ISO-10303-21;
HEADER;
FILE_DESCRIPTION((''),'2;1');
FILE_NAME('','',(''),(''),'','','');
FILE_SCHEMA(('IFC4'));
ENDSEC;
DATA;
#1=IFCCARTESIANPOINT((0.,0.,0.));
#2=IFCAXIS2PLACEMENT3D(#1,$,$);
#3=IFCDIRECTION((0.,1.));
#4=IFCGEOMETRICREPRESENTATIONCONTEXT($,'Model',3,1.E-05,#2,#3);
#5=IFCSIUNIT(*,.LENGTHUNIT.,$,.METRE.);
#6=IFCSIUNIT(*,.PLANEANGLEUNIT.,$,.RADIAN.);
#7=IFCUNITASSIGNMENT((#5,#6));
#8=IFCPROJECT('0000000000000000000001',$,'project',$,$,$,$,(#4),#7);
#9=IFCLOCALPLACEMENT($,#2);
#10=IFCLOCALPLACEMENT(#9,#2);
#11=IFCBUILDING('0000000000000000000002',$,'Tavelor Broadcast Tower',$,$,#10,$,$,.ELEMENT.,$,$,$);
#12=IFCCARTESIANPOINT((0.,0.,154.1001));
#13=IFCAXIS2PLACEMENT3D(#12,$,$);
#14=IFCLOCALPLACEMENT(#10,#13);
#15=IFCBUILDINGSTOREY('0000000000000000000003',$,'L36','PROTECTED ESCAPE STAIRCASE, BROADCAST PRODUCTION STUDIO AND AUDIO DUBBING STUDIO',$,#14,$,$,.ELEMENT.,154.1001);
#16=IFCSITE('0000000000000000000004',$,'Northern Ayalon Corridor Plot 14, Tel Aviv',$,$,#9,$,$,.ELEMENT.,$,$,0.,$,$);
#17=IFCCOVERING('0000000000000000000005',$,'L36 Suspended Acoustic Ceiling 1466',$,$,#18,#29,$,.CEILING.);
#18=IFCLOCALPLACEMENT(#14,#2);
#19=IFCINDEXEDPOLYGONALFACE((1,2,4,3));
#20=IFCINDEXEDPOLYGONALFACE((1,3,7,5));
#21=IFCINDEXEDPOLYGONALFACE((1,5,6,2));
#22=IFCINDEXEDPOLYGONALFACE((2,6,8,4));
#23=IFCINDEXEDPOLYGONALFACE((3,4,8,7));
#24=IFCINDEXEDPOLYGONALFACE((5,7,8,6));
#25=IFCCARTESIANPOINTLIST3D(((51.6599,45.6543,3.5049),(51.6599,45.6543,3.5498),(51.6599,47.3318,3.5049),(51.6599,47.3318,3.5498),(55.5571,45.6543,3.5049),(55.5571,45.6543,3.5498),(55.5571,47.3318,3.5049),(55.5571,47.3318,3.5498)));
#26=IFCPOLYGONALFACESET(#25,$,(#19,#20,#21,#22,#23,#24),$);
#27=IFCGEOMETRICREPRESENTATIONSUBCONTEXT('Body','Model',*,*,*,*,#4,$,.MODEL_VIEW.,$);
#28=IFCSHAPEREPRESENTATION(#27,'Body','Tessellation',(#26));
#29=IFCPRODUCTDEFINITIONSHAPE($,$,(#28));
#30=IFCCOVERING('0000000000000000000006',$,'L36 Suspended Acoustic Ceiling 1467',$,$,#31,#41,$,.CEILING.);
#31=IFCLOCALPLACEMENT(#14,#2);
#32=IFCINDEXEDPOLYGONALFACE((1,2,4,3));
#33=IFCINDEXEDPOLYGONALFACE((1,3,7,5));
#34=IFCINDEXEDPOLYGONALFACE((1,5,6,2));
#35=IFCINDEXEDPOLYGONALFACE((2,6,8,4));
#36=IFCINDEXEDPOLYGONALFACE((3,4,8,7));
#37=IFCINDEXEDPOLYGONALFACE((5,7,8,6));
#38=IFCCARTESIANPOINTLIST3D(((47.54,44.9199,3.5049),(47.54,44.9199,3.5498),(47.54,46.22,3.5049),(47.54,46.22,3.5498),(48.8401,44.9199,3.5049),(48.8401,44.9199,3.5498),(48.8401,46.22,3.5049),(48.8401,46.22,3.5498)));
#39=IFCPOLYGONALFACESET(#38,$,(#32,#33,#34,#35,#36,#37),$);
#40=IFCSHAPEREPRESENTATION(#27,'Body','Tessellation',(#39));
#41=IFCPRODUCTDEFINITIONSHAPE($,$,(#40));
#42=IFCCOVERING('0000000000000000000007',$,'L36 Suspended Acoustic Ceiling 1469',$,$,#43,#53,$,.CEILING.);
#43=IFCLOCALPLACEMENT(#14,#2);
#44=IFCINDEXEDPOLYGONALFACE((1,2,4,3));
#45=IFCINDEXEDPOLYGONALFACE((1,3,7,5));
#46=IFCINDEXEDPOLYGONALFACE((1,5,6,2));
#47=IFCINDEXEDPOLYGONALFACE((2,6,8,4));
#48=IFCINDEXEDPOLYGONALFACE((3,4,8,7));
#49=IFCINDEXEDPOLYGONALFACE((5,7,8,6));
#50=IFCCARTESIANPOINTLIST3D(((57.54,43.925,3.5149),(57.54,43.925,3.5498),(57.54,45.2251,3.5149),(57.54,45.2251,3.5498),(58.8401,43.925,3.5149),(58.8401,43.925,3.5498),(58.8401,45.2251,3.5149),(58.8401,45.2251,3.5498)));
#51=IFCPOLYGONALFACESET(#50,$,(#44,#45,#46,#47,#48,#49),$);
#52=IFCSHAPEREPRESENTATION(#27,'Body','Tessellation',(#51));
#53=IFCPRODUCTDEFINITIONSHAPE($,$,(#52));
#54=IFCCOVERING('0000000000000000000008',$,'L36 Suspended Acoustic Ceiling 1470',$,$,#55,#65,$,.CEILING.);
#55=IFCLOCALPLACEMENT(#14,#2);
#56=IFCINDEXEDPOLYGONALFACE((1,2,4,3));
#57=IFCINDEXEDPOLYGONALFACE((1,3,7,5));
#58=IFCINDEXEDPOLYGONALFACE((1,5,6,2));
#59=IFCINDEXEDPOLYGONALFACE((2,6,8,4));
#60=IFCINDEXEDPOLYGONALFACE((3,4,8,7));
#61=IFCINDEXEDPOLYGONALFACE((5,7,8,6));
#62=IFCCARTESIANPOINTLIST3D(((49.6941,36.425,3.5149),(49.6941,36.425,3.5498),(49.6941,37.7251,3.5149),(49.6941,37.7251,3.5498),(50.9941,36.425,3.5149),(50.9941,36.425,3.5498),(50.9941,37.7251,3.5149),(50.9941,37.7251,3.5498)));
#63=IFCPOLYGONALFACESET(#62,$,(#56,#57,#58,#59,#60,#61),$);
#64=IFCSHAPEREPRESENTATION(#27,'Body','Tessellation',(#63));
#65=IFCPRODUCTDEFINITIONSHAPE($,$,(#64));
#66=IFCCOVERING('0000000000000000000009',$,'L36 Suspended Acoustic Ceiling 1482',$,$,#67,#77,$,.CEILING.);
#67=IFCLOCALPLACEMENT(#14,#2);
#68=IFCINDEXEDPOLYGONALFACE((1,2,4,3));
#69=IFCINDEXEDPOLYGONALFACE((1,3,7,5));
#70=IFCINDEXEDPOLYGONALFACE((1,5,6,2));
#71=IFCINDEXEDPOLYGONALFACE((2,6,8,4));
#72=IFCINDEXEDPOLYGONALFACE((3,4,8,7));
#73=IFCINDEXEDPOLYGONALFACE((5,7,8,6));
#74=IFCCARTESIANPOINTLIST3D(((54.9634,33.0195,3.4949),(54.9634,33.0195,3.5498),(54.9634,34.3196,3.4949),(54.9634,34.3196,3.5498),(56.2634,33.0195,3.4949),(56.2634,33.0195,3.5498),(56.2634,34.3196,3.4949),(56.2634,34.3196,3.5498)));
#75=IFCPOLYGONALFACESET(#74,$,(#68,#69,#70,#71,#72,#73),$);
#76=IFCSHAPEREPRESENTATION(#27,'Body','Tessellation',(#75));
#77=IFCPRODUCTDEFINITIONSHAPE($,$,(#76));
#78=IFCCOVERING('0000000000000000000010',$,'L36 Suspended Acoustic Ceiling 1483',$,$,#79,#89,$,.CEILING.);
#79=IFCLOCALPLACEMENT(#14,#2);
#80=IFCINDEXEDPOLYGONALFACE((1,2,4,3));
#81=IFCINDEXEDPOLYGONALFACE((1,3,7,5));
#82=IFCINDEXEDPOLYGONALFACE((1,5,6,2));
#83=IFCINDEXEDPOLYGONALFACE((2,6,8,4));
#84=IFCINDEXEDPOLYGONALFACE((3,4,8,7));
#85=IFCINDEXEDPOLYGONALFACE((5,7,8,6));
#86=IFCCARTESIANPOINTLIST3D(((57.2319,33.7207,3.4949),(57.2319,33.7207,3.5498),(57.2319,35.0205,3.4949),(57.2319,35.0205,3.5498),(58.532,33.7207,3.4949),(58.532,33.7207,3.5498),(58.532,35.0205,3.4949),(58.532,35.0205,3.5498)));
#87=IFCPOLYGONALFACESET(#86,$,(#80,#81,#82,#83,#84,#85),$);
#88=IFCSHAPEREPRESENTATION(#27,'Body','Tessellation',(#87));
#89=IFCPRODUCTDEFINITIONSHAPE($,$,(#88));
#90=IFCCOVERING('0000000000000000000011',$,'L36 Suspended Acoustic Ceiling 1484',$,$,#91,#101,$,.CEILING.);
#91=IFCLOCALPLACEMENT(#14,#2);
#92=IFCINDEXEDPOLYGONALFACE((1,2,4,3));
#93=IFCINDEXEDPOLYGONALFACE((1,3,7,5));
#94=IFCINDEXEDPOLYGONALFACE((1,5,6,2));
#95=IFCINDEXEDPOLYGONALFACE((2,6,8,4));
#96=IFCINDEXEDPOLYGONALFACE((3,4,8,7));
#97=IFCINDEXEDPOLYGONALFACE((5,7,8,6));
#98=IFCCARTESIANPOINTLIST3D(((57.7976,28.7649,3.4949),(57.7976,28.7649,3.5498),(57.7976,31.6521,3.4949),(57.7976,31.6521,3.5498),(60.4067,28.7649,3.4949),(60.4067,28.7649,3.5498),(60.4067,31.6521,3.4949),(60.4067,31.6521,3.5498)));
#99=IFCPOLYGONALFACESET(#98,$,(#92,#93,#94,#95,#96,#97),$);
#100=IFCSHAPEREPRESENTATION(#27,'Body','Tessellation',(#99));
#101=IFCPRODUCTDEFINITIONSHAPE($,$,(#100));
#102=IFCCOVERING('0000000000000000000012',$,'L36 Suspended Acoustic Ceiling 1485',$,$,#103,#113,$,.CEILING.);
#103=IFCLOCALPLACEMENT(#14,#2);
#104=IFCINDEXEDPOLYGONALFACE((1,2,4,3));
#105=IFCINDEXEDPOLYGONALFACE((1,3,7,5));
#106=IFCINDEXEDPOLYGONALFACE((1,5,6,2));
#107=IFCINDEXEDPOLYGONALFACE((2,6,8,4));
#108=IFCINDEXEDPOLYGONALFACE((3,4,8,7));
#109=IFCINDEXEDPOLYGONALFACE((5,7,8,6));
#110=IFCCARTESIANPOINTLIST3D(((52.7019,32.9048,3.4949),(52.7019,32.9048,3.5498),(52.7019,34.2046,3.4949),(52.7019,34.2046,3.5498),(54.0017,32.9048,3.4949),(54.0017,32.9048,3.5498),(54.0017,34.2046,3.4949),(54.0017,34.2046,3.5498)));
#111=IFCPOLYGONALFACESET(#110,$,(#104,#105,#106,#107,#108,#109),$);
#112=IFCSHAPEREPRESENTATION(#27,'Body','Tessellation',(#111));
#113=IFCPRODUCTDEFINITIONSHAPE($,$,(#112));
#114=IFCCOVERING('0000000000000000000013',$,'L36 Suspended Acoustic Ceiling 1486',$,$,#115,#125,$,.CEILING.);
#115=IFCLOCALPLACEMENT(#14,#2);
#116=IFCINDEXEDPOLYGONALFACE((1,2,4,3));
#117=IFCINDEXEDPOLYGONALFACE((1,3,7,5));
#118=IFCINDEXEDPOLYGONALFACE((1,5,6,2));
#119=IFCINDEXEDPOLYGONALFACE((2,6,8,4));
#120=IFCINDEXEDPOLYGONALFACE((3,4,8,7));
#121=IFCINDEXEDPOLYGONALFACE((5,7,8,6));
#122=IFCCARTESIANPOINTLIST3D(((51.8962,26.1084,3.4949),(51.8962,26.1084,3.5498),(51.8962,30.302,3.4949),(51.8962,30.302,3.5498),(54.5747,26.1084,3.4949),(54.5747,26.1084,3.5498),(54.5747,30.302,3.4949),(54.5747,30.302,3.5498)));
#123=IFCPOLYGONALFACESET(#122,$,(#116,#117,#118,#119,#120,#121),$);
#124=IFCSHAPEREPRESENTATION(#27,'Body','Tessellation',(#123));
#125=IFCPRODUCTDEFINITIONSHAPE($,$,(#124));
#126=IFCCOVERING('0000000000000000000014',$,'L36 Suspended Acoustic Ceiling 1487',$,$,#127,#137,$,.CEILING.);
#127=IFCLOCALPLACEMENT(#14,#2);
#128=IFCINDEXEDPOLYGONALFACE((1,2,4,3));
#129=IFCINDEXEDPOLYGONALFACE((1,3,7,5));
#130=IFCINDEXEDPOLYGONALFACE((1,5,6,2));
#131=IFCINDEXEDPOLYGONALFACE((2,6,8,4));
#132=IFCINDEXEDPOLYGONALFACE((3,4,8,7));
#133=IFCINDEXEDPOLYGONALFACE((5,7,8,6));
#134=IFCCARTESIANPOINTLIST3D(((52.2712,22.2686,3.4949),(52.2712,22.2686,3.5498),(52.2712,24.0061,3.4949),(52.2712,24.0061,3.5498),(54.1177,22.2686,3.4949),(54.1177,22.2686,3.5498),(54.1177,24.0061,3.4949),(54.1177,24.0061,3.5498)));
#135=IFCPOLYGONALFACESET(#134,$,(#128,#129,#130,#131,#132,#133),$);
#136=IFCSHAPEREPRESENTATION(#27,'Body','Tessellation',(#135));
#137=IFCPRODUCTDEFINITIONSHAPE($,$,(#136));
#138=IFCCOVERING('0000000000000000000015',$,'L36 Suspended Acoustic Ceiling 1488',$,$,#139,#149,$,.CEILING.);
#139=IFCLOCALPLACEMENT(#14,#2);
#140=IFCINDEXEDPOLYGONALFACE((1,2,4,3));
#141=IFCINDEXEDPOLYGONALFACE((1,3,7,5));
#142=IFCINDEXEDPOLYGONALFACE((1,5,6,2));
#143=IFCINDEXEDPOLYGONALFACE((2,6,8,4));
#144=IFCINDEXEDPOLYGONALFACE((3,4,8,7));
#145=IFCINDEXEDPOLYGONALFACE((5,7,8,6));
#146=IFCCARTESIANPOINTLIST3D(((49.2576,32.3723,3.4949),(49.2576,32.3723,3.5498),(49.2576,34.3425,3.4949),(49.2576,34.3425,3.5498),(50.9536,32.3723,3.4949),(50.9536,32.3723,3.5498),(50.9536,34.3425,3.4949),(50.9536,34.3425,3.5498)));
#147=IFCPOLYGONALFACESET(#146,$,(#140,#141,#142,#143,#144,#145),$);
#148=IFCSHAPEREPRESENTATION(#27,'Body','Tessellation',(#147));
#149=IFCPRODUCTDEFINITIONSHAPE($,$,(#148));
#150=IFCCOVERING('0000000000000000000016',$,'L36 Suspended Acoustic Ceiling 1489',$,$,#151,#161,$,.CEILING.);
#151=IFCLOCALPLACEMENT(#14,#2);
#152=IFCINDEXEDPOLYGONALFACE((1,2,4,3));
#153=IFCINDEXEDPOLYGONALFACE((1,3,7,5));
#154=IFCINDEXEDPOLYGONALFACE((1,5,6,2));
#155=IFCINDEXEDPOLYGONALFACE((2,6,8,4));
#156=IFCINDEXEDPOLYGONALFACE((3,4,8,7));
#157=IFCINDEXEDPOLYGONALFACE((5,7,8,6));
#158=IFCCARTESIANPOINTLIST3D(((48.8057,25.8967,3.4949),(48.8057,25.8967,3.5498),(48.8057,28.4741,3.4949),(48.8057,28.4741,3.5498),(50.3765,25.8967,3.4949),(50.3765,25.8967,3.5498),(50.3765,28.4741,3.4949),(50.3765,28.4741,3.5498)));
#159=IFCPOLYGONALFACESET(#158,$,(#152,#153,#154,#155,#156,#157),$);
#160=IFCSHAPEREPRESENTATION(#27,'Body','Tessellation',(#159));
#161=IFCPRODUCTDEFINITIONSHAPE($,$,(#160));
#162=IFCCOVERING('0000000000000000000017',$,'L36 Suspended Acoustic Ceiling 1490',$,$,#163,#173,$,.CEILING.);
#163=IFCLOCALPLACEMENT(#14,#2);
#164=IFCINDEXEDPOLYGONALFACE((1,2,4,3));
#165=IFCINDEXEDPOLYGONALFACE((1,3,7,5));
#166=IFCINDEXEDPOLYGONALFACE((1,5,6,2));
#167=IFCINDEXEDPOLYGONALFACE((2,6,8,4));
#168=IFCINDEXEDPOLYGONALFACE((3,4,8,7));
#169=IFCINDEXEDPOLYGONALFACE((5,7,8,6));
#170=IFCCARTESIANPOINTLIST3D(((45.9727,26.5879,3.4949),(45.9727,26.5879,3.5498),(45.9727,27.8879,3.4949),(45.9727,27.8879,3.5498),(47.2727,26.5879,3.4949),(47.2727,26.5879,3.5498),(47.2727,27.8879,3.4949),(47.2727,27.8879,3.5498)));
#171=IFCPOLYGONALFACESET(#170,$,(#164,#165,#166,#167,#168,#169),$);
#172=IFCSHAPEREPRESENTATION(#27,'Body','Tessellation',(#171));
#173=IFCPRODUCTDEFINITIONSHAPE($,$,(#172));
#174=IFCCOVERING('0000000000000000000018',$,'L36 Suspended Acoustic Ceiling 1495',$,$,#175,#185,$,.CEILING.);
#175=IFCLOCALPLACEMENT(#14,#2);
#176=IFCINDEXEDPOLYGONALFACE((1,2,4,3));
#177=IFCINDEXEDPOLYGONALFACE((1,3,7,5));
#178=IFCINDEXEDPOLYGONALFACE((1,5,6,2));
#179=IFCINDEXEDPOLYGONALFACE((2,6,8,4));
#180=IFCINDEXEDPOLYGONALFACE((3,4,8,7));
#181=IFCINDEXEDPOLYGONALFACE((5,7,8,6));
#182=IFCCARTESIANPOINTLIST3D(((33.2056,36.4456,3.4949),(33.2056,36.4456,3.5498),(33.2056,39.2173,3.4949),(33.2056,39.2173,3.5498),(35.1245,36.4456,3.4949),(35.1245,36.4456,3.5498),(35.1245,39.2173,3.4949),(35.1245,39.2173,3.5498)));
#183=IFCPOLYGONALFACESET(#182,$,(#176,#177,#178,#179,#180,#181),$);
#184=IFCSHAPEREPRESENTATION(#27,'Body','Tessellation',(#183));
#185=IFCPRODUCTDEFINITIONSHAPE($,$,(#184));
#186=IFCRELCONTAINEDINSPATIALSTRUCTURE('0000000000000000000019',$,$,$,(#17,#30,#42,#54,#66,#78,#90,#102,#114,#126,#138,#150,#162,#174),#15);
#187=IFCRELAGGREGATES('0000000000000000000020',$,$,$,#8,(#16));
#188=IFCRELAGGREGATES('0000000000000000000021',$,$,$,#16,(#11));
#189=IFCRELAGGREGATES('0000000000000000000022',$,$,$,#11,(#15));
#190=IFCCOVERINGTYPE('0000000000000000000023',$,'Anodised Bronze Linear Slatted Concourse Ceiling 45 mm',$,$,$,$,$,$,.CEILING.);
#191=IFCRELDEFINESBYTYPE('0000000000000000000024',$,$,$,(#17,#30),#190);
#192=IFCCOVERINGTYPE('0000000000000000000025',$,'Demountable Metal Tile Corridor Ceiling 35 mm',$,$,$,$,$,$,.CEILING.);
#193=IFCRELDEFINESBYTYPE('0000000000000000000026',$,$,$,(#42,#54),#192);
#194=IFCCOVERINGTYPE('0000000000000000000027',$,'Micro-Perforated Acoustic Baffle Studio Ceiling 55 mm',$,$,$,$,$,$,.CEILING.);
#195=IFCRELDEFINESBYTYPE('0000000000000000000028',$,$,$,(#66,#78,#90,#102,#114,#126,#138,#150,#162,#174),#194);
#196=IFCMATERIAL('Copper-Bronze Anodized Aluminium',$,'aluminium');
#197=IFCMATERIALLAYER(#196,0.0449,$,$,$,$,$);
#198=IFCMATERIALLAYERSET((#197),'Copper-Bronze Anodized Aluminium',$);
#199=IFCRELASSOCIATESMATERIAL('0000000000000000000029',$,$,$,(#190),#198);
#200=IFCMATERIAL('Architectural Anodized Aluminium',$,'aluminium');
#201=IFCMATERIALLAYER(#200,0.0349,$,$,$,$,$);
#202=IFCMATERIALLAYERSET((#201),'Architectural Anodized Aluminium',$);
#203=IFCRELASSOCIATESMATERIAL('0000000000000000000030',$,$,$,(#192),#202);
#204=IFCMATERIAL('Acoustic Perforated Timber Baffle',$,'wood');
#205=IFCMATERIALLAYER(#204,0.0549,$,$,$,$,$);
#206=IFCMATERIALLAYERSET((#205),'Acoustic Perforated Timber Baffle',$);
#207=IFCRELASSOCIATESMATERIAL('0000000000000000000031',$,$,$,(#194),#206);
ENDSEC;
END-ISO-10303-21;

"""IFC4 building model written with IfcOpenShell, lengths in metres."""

from ifc_helpers import new_model, si_unit, direction, frame, origin, place, context, subcontext, project, spatial, polyline, outline, extrude, material, layer, layer_set, type_object, element, save


model = new_model("IFC4")

# Units and contexts
model_context = context("Model", 3, precision=1e-05, world=origin(), true_north=direction((0.0, 1.0)))
body_context = subcontext(model_context, "Body", "Model", "MODEL_VIEW")
ifc_project = project(units=[si_unit("LENGTHUNIT", "METRE"), si_unit("PLANEANGLEUNIT", "RADIAN")], contexts=[model_context])

# Site, building, storey
site_placement = place(None, origin())
site = spatial("IfcSite", under=ifc_project, at=site_placement, Name="Northern Ayalon Corridor Plot 14, Tel Aviv", CompositionType="ELEMENT", RefElevation=0.0)
building_placement = place(site_placement, origin())
building = spatial("IfcBuilding", under=site, at=building_placement, Name="Tavelor Broadcast Tower", CompositionType="ELEMENT")
storey_placement = place(building_placement, frame((0.0, 0.0, 154.1001)))
storey = spatial("IfcBuildingStorey", under=building, at=storey_placement, Name="L36", Description="PROTECTED ESCAPE STAIRCASE, BROADCAST PRODUCTION STUDIO AND AUDIO DUBBING STUDIO", CompositionType="ELEMENT", Elevation=154.1001)

# Coverings
ifc_material_1 = material(Name="Copper-Bronze Anodized Aluminium", Category="aluminium")
ifc_layer_1 = layer(ifc_material_1, 0.0449)
ifc_layer_set_1 = layer_set([ifc_layer_1], Name="Copper-Bronze Anodized Aluminium")
covering_type_1 = type_object("IfcCoveringType", Name="Anodised Bronze Linear Slatted Concourse Ceiling 45 mm", PredefinedType="CEILING", material=ifc_layer_set_1)
covering_1_placement = place(storey_placement, frame((0.0, 0.0, 3.5049)))
element("IfcCovering", 1, at=covering_1_placement, inside=storey, type_object=covering_type_1, Name="L36 Suspended Acoustic Ceiling 1466", PredefinedType="CEILING", context=body_context, shape_type="SweptSolid", body=[
    extrude(outline(polyline([(51.6599, 45.6543), (55.5571, 45.6543), (55.5571, 47.3318), (51.6599, 47.3318), (51.6599, 45.6543)])), origin(), (0.0, 0.0, 1.0), 0.0449),
])
covering_2_placement = place(storey_placement, frame((0.0, 0.0, 3.5049)))
element("IfcCovering", 2, at=covering_2_placement, inside=storey, type_object=covering_type_1, Name="L36 Suspended Acoustic Ceiling 1467", PredefinedType="CEILING", context=body_context, shape_type="SweptSolid", body=[
    extrude(outline(polyline([(47.54, 44.9199), (48.8401, 44.9199), (48.8401, 46.22), (47.54, 46.22), (47.54, 44.9199)])), origin(), (0.0, 0.0, 1.0), 0.0449),
])
ifc_material_2 = material(Name="Architectural Anodized Aluminium", Category="aluminium")
ifc_layer_2 = layer(ifc_material_2, 0.0349)
ifc_layer_set_2 = layer_set([ifc_layer_2], Name="Architectural Anodized Aluminium")
covering_type_2 = type_object("IfcCoveringType", Name="Demountable Metal Tile Corridor Ceiling 35 mm", PredefinedType="CEILING", material=ifc_layer_set_2)
covering_3_placement = place(storey_placement, frame((0.0, 0.0, 3.5149)))
element("IfcCovering", 3, at=covering_3_placement, inside=storey, type_object=covering_type_2, Name="L36 Suspended Acoustic Ceiling 1469", PredefinedType="CEILING", context=body_context, shape_type="SweptSolid", body=[
    extrude(outline(polyline([(57.54, 43.925), (58.8401, 43.925), (58.8401, 45.2251), (57.54, 45.2251), (57.54, 43.925)])), origin(), (0.0, 0.0, 1.0), 0.0349),
])
covering_4_placement = place(storey_placement, frame((0.0, 0.0, 3.5149)))
element("IfcCovering", 4, at=covering_4_placement, inside=storey, type_object=covering_type_2, Name="L36 Suspended Acoustic Ceiling 1470", PredefinedType="CEILING", context=body_context, shape_type="SweptSolid", body=[
    extrude(outline(polyline([(49.6941, 36.425), (50.9941, 36.425), (50.9941, 37.7251), (49.6941, 37.7251), (49.6941, 36.425)])), origin(), (0.0, 0.0, 1.0), 0.0349),
])
ifc_material_3 = material(Name="Acoustic Perforated Timber Baffle", Category="wood")
ifc_layer_3 = layer(ifc_material_3, 0.0549)
ifc_layer_set_3 = layer_set([ifc_layer_3], Name="Acoustic Perforated Timber Baffle")
covering_type_3 = type_object("IfcCoveringType", Name="Micro-Perforated Acoustic Baffle Studio Ceiling 55 mm", PredefinedType="CEILING", material=ifc_layer_set_3)
covering_5_placement = place(storey_placement, frame((0.0, 0.0, 3.4949)))
element("IfcCovering", 5, at=covering_5_placement, inside=storey, type_object=covering_type_3, Name="L36 Suspended Acoustic Ceiling 1482", PredefinedType="CEILING", context=body_context, shape_type="SweptSolid", body=[
    extrude(outline(polyline([(54.9634, 33.0195), (56.2634, 33.0195), (56.2634, 34.3196), (54.9634, 34.3196), (54.9634, 33.0195)])), origin(), (0.0, 0.0, 1.0), 0.0549),
])
covering_6_placement = place(storey_placement, frame((0.0, 0.0, 3.4949)))
element("IfcCovering", 6, at=covering_6_placement, inside=storey, type_object=covering_type_3, Name="L36 Suspended Acoustic Ceiling 1483", PredefinedType="CEILING", context=body_context, shape_type="SweptSolid", body=[
    extrude(outline(polyline([(57.2319, 33.7207), (58.532, 33.7207), (58.532, 35.0205), (57.2319, 35.0205), (57.2319, 33.7207)])), origin(), (0.0, 0.0, 1.0), 0.0549),
])
covering_7_placement = place(storey_placement, frame((0.0, 0.0, 3.4949)))
element("IfcCovering", 7, at=covering_7_placement, inside=storey, type_object=covering_type_3, Name="L36 Suspended Acoustic Ceiling 1484", PredefinedType="CEILING", context=body_context, shape_type="SweptSolid", body=[
    extrude(outline(polyline([(57.7976, 28.7649), (60.4067, 28.7649), (60.4067, 31.6521), (57.7976, 31.6521), (57.7976, 28.7649)])), origin(), (0.0, 0.0, 1.0), 0.0549),
])
covering_8_placement = place(storey_placement, frame((0.0, 0.0, 3.4949)))
element("IfcCovering", 8, at=covering_8_placement, inside=storey, type_object=covering_type_3, Name="L36 Suspended Acoustic Ceiling 1485", PredefinedType="CEILING", context=body_context, shape_type="SweptSolid", body=[
    extrude(outline(polyline([(52.7019, 32.9048), (54.0017, 32.9048), (54.0017, 34.2046), (52.7019, 34.2046), (52.7019, 32.9048)])), origin(), (0.0, 0.0, 1.0), 0.0549),
])
covering_9_placement = place(storey_placement, frame((0.0, 0.0, 3.4949)))
element("IfcCovering", 9, at=covering_9_placement, inside=storey, type_object=covering_type_3, Name="L36 Suspended Acoustic Ceiling 1486", PredefinedType="CEILING", context=body_context, shape_type="SweptSolid", body=[
    extrude(outline(polyline([(51.8962, 26.1084), (54.5747, 26.1084), (54.5747, 30.302), (51.8962, 30.302), (51.8962, 26.1084)])), origin(), (0.0, 0.0, 1.0), 0.0549),
])
covering_10_placement = place(storey_placement, frame((0.0, 0.0, 3.4949)))
element("IfcCovering", 10, at=covering_10_placement, inside=storey, type_object=covering_type_3, Name="L36 Suspended Acoustic Ceiling 1487", PredefinedType="CEILING", context=body_context, shape_type="SweptSolid", body=[
    extrude(outline(polyline([(52.2712, 22.2686), (54.1177, 22.2686), (54.1177, 24.0061), (52.2712, 24.0061), (52.2712, 22.2686)])), origin(), (0.0, 0.0, 1.0), 0.0549),
])
covering_11_placement = place(storey_placement, frame((0.0, 0.0, 3.4949)))
element("IfcCovering", 11, at=covering_11_placement, inside=storey, type_object=covering_type_3, Name="L36 Suspended Acoustic Ceiling 1488", PredefinedType="CEILING", context=body_context, shape_type="SweptSolid", body=[
    extrude(outline(polyline([(49.2576, 32.3723), (50.9536, 32.3723), (50.9536, 34.3425), (49.2576, 34.3425), (49.2576, 32.3723)])), origin(), (0.0, 0.0, 1.0), 0.0549),
])
covering_12_placement = place(storey_placement, frame((0.0, 0.0, 3.4949)))
element("IfcCovering", 12, at=covering_12_placement, inside=storey, type_object=covering_type_3, Name="L36 Suspended Acoustic Ceiling 1489", PredefinedType="CEILING", context=body_context, shape_type="SweptSolid", body=[
    extrude(outline(polyline([(48.8057, 25.8967), (50.3765, 25.8967), (50.3765, 28.4741), (48.8057, 28.4741), (48.8057, 25.8967)])), origin(), (0.0, 0.0, 1.0), 0.0549),
])
covering_13_placement = place(storey_placement, frame((0.0, 0.0, 3.4949)))
element("IfcCovering", 13, at=covering_13_placement, inside=storey, type_object=covering_type_3, Name="L36 Suspended Acoustic Ceiling 1490", PredefinedType="CEILING", context=body_context, shape_type="SweptSolid", body=[
    extrude(outline(polyline([(45.9727, 26.5879), (47.2727, 26.5879), (47.2727, 27.8879), (45.9727, 27.8879), (45.9727, 26.5879)])), origin(), (0.0, 0.0, 1.0), 0.0549),
])
covering_14_placement = place(storey_placement, frame((0.0, 0.0, 3.4949)))
element("IfcCovering", 14, at=covering_14_placement, inside=storey, type_object=covering_type_3, Name="L36 Suspended Acoustic Ceiling 1495", PredefinedType="CEILING", context=body_context, shape_type="SweptSolid", body=[
    extrude(outline(polyline([(33.2056, 36.4456), (35.1245, 36.4456), (35.1245, 39.2173), (33.2056, 39.2173), (33.2056, 36.4456)])), origin(), (0.0, 0.0, 1.0), 0.0549),
])

save(model, "model.ifc")
